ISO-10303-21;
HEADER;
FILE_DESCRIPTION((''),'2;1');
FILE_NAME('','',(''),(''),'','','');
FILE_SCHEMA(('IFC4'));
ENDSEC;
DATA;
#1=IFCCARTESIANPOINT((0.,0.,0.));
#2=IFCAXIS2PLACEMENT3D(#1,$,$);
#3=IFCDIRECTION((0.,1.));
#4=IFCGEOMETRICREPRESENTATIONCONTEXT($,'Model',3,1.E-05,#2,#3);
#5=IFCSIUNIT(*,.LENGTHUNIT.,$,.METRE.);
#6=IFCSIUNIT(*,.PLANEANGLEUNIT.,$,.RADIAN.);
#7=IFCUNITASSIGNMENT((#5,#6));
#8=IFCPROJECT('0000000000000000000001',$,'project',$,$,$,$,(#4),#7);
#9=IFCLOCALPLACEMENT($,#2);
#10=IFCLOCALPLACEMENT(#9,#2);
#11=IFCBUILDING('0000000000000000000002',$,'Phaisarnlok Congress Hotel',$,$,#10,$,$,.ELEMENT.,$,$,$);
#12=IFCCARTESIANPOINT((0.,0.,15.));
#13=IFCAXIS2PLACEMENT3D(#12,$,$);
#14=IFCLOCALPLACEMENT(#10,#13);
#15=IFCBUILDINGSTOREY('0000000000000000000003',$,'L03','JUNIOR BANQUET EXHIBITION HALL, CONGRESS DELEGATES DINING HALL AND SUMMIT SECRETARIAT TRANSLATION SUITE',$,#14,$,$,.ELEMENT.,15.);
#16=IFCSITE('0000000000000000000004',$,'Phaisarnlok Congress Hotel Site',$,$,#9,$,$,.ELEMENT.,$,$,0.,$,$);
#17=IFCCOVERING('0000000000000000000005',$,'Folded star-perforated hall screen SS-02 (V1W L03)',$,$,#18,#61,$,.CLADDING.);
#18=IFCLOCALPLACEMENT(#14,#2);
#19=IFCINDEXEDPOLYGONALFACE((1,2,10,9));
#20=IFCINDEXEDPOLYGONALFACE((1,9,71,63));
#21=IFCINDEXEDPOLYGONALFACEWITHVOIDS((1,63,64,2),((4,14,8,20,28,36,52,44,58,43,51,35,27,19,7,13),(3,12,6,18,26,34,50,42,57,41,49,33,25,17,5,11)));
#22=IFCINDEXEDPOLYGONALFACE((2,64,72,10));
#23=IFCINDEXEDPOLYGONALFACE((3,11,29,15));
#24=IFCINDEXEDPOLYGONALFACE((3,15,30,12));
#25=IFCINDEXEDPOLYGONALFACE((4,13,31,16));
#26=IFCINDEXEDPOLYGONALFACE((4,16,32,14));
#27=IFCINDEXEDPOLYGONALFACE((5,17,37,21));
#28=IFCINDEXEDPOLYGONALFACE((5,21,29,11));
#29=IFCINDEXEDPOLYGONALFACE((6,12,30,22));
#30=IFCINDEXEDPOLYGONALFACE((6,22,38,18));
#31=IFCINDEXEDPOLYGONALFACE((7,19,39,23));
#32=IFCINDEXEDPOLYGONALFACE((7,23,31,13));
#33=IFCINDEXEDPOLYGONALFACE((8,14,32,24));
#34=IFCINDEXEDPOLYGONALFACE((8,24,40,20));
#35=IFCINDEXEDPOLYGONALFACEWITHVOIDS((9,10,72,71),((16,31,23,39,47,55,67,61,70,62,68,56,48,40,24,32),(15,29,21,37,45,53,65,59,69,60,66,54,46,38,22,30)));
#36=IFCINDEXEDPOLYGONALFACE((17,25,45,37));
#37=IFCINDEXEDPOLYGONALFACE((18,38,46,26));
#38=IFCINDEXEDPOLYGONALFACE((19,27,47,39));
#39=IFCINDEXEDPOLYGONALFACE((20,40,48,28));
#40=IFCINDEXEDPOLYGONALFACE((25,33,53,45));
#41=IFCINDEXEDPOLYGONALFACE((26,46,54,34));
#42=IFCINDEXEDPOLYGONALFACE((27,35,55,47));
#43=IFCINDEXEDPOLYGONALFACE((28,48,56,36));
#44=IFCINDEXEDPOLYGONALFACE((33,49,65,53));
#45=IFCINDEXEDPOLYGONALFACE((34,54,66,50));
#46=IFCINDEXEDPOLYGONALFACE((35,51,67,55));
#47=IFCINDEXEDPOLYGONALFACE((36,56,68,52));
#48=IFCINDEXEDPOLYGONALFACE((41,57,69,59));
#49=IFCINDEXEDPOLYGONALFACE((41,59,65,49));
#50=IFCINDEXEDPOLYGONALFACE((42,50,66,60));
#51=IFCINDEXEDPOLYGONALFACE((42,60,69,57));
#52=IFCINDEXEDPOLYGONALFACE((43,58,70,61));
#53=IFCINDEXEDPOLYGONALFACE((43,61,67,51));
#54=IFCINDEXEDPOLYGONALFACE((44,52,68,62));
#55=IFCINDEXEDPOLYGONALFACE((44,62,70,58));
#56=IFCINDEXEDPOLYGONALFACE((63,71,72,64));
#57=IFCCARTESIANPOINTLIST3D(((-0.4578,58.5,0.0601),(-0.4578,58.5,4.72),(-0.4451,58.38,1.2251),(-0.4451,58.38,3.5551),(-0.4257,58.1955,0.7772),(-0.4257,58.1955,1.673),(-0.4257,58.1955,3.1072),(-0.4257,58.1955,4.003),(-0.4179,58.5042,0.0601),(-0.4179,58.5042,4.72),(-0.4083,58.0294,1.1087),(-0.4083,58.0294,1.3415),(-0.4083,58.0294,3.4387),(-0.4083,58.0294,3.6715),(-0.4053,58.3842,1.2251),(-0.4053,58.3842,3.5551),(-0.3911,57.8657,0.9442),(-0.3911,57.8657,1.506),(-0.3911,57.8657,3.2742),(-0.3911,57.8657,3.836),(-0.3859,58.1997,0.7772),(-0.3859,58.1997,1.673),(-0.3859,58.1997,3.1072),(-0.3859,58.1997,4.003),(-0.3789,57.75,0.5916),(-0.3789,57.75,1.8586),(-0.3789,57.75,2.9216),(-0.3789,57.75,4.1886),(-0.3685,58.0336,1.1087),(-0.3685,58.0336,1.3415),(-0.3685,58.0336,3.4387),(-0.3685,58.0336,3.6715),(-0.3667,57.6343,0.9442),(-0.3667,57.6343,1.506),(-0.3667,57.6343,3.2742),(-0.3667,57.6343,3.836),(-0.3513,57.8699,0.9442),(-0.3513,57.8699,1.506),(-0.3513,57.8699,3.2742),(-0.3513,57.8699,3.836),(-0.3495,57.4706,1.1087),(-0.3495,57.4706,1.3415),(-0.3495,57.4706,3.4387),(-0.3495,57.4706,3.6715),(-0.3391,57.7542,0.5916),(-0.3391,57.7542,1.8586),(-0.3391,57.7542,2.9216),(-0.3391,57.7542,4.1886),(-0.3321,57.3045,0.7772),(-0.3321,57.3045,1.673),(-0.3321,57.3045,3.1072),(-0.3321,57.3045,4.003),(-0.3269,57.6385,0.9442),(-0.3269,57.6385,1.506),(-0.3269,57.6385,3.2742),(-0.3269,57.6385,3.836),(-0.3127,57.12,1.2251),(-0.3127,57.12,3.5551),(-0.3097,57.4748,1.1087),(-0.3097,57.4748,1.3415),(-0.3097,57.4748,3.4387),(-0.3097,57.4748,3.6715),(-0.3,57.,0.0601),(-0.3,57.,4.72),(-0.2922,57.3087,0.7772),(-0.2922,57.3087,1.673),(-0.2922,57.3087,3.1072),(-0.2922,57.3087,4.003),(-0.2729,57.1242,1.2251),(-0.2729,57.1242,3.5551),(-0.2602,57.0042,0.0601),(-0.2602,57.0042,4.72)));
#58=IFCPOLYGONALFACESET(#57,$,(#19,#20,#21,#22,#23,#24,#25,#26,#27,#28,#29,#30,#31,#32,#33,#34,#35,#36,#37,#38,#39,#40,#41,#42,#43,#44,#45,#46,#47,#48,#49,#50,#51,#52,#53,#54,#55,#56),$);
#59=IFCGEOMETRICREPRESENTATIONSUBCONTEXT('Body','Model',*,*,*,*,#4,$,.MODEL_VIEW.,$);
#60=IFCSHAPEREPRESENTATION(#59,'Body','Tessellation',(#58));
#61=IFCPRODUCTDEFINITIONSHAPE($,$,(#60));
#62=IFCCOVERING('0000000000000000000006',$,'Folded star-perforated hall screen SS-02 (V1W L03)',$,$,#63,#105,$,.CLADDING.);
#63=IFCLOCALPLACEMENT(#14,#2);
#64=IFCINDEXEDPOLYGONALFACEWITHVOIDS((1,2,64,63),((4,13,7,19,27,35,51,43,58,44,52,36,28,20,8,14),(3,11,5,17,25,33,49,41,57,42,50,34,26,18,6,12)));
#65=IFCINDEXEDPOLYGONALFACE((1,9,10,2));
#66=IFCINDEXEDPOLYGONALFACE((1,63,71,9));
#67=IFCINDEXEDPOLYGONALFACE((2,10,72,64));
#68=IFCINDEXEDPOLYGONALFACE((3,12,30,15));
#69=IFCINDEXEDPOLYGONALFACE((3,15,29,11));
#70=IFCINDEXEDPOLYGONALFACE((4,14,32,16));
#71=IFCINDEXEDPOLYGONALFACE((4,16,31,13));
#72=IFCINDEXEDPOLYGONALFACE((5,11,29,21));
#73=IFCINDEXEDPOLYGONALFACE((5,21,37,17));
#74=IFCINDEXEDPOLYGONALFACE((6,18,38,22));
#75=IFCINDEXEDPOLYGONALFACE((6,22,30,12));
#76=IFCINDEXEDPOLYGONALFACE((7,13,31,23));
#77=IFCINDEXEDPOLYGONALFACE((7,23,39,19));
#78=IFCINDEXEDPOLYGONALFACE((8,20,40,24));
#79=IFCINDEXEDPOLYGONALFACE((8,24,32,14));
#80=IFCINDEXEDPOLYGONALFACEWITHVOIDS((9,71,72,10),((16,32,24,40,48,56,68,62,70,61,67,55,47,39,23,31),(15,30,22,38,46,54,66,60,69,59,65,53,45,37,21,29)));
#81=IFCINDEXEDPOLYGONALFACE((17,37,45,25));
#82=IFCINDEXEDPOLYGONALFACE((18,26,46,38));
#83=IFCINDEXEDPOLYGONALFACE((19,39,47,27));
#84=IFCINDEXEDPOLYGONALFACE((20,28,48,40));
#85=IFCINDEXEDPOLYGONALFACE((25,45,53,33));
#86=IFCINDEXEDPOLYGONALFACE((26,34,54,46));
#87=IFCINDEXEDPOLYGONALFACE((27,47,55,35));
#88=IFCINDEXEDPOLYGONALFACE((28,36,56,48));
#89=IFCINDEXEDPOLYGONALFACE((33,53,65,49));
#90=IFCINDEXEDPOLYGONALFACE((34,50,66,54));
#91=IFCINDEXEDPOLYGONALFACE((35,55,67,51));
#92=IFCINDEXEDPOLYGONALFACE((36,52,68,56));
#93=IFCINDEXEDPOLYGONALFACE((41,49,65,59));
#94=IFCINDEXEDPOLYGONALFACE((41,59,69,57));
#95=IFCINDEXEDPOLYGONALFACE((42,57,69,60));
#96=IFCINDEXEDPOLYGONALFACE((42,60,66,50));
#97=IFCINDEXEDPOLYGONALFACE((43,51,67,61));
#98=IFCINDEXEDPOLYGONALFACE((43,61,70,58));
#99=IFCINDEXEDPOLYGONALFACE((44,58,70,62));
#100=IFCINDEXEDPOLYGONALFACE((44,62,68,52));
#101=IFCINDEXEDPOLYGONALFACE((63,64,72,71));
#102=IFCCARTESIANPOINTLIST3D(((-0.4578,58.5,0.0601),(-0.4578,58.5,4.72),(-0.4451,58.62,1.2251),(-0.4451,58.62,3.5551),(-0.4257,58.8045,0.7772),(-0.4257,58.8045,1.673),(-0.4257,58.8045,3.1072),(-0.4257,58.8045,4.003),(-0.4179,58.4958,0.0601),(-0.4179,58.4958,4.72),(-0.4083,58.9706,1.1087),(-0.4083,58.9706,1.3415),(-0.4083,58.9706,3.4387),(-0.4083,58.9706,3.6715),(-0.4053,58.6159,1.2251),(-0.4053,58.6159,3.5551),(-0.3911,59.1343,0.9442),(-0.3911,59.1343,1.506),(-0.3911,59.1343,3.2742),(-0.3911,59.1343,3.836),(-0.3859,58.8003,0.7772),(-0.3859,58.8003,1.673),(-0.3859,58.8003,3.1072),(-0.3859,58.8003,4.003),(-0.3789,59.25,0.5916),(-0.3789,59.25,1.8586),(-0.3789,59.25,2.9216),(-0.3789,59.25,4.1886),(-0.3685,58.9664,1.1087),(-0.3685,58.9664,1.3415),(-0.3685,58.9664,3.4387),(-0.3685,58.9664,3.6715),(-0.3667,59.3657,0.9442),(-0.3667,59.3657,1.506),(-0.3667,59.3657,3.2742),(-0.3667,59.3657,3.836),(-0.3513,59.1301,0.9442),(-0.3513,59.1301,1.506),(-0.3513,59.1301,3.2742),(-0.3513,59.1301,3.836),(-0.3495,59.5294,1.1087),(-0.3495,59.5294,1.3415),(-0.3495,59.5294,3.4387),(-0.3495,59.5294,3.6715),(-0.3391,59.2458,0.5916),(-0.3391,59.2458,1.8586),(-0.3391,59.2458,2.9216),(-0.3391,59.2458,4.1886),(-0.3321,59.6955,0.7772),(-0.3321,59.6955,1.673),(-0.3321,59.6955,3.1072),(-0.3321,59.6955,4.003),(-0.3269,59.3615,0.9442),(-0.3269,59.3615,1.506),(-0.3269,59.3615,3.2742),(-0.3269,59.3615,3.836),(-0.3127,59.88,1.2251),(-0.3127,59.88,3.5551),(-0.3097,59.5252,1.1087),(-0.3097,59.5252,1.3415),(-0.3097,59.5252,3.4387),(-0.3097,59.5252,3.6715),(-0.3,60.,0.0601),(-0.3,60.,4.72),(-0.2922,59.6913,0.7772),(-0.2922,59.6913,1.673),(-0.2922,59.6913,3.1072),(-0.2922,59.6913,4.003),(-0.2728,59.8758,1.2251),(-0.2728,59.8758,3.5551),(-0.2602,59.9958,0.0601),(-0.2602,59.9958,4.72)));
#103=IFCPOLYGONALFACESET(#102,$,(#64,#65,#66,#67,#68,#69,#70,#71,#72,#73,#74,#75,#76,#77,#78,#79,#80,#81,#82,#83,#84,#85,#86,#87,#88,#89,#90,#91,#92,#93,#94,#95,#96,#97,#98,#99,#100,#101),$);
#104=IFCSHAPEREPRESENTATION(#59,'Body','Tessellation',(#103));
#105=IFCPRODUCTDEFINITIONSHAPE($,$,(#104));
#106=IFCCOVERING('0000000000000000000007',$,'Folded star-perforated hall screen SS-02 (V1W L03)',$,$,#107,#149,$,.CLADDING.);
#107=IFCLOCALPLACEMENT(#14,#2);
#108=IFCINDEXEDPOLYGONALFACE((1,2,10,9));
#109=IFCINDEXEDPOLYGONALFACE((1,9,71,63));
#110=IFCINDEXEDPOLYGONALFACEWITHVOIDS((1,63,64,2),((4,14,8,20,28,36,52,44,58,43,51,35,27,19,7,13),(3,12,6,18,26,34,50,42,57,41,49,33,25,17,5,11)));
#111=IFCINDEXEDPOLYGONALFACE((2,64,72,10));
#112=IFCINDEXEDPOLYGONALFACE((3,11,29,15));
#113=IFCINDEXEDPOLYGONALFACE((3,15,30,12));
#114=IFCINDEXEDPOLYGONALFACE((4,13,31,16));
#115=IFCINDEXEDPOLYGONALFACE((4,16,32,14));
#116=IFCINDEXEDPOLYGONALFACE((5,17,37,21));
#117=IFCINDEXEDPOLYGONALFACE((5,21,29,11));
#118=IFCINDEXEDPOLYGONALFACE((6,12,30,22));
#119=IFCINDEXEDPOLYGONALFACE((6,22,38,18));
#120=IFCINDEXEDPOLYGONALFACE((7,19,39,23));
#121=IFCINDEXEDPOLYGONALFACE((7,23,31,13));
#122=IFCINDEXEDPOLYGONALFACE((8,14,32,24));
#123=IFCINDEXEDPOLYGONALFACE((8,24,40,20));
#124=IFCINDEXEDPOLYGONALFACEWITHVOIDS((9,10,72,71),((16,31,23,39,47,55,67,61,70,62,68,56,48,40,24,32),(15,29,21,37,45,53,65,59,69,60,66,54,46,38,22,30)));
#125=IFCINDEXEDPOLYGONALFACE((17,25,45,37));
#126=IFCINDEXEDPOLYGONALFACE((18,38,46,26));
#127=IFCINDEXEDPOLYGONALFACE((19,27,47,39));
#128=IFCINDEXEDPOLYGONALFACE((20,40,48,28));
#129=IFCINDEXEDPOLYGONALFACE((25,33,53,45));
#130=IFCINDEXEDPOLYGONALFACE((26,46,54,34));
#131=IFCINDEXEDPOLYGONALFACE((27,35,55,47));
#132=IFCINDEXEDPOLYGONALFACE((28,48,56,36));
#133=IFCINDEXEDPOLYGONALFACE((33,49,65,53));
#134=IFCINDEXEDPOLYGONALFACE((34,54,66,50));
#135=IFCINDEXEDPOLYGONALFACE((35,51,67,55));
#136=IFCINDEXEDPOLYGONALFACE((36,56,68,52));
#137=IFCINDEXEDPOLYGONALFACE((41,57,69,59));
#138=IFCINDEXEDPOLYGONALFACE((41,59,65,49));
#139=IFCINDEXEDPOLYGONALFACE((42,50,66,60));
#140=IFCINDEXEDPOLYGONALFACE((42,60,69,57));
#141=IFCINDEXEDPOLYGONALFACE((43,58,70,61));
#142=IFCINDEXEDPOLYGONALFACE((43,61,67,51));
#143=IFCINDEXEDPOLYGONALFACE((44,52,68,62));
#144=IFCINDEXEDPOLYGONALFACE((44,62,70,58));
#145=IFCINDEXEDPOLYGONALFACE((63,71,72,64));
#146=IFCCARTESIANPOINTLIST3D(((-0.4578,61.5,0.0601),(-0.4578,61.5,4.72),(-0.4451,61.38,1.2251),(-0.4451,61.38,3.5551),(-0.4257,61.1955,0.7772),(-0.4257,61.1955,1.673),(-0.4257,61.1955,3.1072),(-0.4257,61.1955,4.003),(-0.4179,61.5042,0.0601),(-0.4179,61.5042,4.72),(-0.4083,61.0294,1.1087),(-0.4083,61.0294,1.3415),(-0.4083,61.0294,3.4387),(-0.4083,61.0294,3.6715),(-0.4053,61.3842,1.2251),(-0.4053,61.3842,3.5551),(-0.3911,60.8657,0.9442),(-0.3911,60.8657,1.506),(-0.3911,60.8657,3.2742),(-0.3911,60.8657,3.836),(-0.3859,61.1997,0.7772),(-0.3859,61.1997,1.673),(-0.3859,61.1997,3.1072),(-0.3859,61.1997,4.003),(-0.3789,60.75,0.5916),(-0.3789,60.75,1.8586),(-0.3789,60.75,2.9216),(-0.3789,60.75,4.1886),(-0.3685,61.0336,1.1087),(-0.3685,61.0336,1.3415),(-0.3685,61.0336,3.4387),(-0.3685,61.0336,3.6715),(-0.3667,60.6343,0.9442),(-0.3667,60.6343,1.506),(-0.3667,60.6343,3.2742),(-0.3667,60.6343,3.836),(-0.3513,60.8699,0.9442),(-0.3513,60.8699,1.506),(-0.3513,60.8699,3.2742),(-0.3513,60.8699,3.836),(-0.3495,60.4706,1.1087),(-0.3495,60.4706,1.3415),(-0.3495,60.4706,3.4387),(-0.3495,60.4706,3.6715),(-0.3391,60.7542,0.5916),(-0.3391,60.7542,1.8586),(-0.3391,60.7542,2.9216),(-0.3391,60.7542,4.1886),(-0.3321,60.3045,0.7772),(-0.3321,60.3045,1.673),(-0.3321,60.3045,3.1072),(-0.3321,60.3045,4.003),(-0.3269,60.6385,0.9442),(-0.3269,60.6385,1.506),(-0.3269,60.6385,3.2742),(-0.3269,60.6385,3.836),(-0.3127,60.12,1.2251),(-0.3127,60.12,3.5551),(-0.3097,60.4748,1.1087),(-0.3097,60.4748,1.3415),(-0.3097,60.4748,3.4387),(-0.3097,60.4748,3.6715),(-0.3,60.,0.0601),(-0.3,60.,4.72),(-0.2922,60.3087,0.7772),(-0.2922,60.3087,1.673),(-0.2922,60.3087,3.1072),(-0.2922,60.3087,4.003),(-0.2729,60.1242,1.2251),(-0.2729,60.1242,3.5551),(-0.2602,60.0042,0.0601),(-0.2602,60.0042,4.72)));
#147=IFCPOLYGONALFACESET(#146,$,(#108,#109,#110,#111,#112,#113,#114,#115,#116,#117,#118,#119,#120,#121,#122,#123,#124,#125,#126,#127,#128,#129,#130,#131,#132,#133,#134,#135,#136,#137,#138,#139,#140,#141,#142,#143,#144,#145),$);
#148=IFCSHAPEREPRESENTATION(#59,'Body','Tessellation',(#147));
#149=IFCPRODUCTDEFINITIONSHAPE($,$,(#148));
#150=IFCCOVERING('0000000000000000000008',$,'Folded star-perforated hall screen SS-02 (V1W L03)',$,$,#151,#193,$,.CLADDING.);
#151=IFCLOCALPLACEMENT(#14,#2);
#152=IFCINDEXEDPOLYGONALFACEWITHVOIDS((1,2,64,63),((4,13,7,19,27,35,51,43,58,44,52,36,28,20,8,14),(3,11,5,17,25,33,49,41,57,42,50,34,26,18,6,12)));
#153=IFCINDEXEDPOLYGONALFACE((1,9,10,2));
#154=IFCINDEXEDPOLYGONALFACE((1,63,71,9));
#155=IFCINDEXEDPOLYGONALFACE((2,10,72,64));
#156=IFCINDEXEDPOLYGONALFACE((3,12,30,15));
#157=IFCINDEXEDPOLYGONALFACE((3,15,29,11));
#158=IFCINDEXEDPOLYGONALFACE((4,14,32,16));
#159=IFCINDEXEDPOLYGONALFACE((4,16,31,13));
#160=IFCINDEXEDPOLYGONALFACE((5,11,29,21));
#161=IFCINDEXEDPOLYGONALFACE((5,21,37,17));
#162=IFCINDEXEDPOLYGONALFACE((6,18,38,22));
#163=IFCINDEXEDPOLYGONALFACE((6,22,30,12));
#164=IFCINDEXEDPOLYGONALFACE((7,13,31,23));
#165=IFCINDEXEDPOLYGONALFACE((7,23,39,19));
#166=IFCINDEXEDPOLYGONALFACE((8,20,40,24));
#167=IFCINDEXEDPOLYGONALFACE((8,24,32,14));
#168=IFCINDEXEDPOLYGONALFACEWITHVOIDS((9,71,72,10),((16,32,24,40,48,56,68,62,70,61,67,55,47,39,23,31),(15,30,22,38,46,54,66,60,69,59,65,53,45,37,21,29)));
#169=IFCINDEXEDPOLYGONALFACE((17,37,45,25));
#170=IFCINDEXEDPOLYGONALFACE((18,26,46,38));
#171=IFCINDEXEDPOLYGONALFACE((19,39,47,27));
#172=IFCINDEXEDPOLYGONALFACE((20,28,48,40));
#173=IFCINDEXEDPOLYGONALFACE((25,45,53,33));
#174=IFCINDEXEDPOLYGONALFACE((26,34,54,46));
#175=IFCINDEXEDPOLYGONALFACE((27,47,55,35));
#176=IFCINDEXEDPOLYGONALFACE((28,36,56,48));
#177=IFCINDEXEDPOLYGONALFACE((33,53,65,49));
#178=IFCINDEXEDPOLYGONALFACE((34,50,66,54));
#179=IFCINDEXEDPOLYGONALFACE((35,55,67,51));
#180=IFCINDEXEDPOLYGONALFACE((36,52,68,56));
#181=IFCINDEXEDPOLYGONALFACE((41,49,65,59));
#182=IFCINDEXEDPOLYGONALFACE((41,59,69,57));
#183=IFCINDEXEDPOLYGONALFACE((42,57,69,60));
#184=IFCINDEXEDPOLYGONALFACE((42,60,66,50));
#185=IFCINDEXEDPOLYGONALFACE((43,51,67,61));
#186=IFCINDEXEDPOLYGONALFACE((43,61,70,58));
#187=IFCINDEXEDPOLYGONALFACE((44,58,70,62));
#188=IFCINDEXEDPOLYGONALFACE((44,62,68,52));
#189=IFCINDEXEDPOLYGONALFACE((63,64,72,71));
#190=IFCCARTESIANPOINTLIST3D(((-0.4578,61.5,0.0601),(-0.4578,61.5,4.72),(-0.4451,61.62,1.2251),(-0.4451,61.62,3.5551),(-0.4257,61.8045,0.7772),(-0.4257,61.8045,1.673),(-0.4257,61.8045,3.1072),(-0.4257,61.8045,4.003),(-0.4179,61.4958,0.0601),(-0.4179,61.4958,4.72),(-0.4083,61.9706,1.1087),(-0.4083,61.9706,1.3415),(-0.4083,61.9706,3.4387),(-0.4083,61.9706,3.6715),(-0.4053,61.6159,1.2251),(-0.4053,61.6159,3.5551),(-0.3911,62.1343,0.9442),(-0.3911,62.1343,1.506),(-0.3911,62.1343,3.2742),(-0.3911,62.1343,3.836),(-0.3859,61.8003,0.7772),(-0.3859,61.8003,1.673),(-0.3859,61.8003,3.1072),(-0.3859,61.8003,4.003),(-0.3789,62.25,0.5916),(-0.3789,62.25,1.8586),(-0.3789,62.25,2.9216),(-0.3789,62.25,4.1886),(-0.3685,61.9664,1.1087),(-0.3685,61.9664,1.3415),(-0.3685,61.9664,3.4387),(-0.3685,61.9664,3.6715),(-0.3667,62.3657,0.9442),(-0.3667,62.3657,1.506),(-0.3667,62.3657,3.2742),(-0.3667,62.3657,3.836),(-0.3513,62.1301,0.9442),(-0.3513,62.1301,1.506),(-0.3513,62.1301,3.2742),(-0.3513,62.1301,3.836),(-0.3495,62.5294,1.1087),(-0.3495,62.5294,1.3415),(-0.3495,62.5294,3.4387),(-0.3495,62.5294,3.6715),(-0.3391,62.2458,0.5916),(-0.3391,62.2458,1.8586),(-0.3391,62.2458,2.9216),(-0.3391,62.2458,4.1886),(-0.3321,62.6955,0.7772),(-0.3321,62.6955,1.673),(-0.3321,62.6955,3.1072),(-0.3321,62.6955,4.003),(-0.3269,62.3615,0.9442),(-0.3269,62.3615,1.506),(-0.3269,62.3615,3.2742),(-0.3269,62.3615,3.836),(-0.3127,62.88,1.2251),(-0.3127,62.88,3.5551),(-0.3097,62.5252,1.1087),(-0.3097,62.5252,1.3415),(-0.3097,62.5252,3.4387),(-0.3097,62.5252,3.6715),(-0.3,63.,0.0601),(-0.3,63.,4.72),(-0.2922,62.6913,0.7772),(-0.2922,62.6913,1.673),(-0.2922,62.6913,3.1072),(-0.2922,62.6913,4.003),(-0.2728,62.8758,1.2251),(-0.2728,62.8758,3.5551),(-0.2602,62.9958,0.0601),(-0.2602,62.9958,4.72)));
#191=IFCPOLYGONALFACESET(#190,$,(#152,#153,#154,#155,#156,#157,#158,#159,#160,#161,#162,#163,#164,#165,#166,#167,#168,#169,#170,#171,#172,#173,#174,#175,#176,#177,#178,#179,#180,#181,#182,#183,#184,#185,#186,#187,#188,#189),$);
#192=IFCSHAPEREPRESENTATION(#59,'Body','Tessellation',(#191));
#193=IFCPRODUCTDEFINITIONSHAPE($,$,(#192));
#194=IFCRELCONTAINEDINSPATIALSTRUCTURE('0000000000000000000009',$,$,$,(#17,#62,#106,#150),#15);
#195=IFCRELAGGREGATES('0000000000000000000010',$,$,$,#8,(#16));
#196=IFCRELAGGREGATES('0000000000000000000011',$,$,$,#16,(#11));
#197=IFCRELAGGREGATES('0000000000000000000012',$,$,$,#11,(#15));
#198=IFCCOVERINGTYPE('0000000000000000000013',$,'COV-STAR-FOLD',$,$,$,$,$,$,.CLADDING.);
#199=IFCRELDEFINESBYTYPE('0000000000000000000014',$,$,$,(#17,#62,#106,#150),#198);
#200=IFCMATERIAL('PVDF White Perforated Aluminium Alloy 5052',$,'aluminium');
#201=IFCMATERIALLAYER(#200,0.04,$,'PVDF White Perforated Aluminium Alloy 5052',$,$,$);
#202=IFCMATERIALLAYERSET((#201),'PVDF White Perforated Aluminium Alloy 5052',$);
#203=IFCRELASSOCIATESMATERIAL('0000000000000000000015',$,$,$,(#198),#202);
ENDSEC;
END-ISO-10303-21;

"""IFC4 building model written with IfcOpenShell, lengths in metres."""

from ifc_helpers import new_model, si_unit, direction, frame, origin, place, context, subcontext, project, spatial, polyline, outline, extrude, material, layer, layer_set, type_object, element, save


model = new_model("IFC4")

# Units and contexts
model_context = context("Model", 3, precision=1e-05, world=origin(), true_north=direction((0.0, 1.0)))
body_context = subcontext(model_context, "Body", "Model", "MODEL_VIEW")
ifc_project = project(units=[si_unit("LENGTHUNIT", "METRE"), si_unit("PLANEANGLEUNIT", "RADIAN")], contexts=[model_context])

# Site, building, storey
site_placement = place(None, origin())
site = spatial("IfcSite", under=ifc_project, at=site_placement, Name="Phaisarnlok Congress Hotel Site", CompositionType="ELEMENT", RefElevation=0.0)
building_placement = place(site_placement, origin())
building = spatial("IfcBuilding", under=site, at=building_placement, Name="Phaisarnlok Congress Hotel", CompositionType="ELEMENT")
storey_placement = place(building_placement, frame((0.0, 0.0, 15.0)))
storey = spatial("IfcBuildingStorey", under=building, at=storey_placement, Name="L03", Description="JUNIOR BANQUET EXHIBITION HALL, CONGRESS DELEGATES DINING HALL AND SUMMIT SECRETARIAT TRANSLATION SUITE", CompositionType="ELEMENT", Elevation=15.0)

# Coverings
ifc_material_1 = material(Name="PVDF White Perforated Aluminium Alloy 5052", Category="aluminium")
ifc_layer = layer(ifc_material_1, 0.04, Name="PVDF White Perforated Aluminium Alloy 5052")
ifc_layer_set = layer_set([ifc_layer], Name="PVDF White Perforated Aluminium Alloy 5052")
covering_type = type_object("IfcCoveringType", Name="COV-STAR-FOLD", PredefinedType="CLADDING", material=ifc_layer_set)
for number, where, z_axis, x_axis, name in (
    (1, (-0.3, 57.0, 0.0601), (0.994518, 0.104567, 0.0), (-0.104567, 0.994518, 0.0), "Folded star-perforated hall screen SS-02 (V1W L03)"),
    (2, (-0.4578, 58.5, 0.0601), (0.994518, -0.104567, 0.0), (0.104567, 0.994518, 0.0), "Folded star-perforated hall screen SS-02 (V1W L03)"),
    (3, (-0.3, 60.0, 0.0601), (0.994518, 0.104567, 0.0), (-0.104567, 0.994518, 0.0), "Folded star-perforated hall screen SS-02 (V1W L03)"),
    (4, (-0.4578, 61.5, 0.0601), (0.994518, -0.104567, 0.0), (0.104567, 0.994518, 0.0), "Folded star-perforated hall screen SS-02 (V1W L03)"),
):
    element("IfcCovering", number, at=place(storey_placement, frame(where, z_axis=z_axis, x_axis=x_axis)), inside=storey, type_object=covering_type, Name=name, PredefinedType="CLADDING", context=body_context, shape_type="SweptSolid", body=[
        extrude(outline(polyline([(0.0, 0.0), (1.5083, 0.0), (1.5083, 4.6599), (0.0, 4.6599), (0.0, 0.0)]), holes=[polyline([(1.0351, 1.0486), (1.2021, 0.7171), (0.8705, 0.8841), (0.7541, 0.5315), (0.6378, 0.8841), (0.3062, 0.7171), (0.4732, 1.0486), (0.1207, 1.165), (0.4732, 1.2814), (0.3062, 1.6129), (0.6378, 1.4459), (0.7541, 1.7985), (0.8705, 1.4459), (1.2021, 1.6129), (1.0351, 1.2814), (1.3876, 1.165), (1.0351, 1.0486)]), polyline([(1.0351, 3.3786), (1.2021, 3.0471), (0.8705, 3.2141), (0.7541, 2.8615), (0.6378, 3.2141), (0.3062, 3.0471), (0.4732, 3.3786), (0.1207, 3.495), (0.4732, 3.6114), (0.3062, 3.9429), (0.6378, 3.7759), (0.7541, 4.1285), (0.8705, 3.7759), (1.2021, 3.9429), (1.0351, 3.6114), (1.3876, 3.495), (1.0351, 3.3786)])]), origin(), (0.0, 0.0, 1.0), 0.04),
    ])

save(model, "model.ifc")
